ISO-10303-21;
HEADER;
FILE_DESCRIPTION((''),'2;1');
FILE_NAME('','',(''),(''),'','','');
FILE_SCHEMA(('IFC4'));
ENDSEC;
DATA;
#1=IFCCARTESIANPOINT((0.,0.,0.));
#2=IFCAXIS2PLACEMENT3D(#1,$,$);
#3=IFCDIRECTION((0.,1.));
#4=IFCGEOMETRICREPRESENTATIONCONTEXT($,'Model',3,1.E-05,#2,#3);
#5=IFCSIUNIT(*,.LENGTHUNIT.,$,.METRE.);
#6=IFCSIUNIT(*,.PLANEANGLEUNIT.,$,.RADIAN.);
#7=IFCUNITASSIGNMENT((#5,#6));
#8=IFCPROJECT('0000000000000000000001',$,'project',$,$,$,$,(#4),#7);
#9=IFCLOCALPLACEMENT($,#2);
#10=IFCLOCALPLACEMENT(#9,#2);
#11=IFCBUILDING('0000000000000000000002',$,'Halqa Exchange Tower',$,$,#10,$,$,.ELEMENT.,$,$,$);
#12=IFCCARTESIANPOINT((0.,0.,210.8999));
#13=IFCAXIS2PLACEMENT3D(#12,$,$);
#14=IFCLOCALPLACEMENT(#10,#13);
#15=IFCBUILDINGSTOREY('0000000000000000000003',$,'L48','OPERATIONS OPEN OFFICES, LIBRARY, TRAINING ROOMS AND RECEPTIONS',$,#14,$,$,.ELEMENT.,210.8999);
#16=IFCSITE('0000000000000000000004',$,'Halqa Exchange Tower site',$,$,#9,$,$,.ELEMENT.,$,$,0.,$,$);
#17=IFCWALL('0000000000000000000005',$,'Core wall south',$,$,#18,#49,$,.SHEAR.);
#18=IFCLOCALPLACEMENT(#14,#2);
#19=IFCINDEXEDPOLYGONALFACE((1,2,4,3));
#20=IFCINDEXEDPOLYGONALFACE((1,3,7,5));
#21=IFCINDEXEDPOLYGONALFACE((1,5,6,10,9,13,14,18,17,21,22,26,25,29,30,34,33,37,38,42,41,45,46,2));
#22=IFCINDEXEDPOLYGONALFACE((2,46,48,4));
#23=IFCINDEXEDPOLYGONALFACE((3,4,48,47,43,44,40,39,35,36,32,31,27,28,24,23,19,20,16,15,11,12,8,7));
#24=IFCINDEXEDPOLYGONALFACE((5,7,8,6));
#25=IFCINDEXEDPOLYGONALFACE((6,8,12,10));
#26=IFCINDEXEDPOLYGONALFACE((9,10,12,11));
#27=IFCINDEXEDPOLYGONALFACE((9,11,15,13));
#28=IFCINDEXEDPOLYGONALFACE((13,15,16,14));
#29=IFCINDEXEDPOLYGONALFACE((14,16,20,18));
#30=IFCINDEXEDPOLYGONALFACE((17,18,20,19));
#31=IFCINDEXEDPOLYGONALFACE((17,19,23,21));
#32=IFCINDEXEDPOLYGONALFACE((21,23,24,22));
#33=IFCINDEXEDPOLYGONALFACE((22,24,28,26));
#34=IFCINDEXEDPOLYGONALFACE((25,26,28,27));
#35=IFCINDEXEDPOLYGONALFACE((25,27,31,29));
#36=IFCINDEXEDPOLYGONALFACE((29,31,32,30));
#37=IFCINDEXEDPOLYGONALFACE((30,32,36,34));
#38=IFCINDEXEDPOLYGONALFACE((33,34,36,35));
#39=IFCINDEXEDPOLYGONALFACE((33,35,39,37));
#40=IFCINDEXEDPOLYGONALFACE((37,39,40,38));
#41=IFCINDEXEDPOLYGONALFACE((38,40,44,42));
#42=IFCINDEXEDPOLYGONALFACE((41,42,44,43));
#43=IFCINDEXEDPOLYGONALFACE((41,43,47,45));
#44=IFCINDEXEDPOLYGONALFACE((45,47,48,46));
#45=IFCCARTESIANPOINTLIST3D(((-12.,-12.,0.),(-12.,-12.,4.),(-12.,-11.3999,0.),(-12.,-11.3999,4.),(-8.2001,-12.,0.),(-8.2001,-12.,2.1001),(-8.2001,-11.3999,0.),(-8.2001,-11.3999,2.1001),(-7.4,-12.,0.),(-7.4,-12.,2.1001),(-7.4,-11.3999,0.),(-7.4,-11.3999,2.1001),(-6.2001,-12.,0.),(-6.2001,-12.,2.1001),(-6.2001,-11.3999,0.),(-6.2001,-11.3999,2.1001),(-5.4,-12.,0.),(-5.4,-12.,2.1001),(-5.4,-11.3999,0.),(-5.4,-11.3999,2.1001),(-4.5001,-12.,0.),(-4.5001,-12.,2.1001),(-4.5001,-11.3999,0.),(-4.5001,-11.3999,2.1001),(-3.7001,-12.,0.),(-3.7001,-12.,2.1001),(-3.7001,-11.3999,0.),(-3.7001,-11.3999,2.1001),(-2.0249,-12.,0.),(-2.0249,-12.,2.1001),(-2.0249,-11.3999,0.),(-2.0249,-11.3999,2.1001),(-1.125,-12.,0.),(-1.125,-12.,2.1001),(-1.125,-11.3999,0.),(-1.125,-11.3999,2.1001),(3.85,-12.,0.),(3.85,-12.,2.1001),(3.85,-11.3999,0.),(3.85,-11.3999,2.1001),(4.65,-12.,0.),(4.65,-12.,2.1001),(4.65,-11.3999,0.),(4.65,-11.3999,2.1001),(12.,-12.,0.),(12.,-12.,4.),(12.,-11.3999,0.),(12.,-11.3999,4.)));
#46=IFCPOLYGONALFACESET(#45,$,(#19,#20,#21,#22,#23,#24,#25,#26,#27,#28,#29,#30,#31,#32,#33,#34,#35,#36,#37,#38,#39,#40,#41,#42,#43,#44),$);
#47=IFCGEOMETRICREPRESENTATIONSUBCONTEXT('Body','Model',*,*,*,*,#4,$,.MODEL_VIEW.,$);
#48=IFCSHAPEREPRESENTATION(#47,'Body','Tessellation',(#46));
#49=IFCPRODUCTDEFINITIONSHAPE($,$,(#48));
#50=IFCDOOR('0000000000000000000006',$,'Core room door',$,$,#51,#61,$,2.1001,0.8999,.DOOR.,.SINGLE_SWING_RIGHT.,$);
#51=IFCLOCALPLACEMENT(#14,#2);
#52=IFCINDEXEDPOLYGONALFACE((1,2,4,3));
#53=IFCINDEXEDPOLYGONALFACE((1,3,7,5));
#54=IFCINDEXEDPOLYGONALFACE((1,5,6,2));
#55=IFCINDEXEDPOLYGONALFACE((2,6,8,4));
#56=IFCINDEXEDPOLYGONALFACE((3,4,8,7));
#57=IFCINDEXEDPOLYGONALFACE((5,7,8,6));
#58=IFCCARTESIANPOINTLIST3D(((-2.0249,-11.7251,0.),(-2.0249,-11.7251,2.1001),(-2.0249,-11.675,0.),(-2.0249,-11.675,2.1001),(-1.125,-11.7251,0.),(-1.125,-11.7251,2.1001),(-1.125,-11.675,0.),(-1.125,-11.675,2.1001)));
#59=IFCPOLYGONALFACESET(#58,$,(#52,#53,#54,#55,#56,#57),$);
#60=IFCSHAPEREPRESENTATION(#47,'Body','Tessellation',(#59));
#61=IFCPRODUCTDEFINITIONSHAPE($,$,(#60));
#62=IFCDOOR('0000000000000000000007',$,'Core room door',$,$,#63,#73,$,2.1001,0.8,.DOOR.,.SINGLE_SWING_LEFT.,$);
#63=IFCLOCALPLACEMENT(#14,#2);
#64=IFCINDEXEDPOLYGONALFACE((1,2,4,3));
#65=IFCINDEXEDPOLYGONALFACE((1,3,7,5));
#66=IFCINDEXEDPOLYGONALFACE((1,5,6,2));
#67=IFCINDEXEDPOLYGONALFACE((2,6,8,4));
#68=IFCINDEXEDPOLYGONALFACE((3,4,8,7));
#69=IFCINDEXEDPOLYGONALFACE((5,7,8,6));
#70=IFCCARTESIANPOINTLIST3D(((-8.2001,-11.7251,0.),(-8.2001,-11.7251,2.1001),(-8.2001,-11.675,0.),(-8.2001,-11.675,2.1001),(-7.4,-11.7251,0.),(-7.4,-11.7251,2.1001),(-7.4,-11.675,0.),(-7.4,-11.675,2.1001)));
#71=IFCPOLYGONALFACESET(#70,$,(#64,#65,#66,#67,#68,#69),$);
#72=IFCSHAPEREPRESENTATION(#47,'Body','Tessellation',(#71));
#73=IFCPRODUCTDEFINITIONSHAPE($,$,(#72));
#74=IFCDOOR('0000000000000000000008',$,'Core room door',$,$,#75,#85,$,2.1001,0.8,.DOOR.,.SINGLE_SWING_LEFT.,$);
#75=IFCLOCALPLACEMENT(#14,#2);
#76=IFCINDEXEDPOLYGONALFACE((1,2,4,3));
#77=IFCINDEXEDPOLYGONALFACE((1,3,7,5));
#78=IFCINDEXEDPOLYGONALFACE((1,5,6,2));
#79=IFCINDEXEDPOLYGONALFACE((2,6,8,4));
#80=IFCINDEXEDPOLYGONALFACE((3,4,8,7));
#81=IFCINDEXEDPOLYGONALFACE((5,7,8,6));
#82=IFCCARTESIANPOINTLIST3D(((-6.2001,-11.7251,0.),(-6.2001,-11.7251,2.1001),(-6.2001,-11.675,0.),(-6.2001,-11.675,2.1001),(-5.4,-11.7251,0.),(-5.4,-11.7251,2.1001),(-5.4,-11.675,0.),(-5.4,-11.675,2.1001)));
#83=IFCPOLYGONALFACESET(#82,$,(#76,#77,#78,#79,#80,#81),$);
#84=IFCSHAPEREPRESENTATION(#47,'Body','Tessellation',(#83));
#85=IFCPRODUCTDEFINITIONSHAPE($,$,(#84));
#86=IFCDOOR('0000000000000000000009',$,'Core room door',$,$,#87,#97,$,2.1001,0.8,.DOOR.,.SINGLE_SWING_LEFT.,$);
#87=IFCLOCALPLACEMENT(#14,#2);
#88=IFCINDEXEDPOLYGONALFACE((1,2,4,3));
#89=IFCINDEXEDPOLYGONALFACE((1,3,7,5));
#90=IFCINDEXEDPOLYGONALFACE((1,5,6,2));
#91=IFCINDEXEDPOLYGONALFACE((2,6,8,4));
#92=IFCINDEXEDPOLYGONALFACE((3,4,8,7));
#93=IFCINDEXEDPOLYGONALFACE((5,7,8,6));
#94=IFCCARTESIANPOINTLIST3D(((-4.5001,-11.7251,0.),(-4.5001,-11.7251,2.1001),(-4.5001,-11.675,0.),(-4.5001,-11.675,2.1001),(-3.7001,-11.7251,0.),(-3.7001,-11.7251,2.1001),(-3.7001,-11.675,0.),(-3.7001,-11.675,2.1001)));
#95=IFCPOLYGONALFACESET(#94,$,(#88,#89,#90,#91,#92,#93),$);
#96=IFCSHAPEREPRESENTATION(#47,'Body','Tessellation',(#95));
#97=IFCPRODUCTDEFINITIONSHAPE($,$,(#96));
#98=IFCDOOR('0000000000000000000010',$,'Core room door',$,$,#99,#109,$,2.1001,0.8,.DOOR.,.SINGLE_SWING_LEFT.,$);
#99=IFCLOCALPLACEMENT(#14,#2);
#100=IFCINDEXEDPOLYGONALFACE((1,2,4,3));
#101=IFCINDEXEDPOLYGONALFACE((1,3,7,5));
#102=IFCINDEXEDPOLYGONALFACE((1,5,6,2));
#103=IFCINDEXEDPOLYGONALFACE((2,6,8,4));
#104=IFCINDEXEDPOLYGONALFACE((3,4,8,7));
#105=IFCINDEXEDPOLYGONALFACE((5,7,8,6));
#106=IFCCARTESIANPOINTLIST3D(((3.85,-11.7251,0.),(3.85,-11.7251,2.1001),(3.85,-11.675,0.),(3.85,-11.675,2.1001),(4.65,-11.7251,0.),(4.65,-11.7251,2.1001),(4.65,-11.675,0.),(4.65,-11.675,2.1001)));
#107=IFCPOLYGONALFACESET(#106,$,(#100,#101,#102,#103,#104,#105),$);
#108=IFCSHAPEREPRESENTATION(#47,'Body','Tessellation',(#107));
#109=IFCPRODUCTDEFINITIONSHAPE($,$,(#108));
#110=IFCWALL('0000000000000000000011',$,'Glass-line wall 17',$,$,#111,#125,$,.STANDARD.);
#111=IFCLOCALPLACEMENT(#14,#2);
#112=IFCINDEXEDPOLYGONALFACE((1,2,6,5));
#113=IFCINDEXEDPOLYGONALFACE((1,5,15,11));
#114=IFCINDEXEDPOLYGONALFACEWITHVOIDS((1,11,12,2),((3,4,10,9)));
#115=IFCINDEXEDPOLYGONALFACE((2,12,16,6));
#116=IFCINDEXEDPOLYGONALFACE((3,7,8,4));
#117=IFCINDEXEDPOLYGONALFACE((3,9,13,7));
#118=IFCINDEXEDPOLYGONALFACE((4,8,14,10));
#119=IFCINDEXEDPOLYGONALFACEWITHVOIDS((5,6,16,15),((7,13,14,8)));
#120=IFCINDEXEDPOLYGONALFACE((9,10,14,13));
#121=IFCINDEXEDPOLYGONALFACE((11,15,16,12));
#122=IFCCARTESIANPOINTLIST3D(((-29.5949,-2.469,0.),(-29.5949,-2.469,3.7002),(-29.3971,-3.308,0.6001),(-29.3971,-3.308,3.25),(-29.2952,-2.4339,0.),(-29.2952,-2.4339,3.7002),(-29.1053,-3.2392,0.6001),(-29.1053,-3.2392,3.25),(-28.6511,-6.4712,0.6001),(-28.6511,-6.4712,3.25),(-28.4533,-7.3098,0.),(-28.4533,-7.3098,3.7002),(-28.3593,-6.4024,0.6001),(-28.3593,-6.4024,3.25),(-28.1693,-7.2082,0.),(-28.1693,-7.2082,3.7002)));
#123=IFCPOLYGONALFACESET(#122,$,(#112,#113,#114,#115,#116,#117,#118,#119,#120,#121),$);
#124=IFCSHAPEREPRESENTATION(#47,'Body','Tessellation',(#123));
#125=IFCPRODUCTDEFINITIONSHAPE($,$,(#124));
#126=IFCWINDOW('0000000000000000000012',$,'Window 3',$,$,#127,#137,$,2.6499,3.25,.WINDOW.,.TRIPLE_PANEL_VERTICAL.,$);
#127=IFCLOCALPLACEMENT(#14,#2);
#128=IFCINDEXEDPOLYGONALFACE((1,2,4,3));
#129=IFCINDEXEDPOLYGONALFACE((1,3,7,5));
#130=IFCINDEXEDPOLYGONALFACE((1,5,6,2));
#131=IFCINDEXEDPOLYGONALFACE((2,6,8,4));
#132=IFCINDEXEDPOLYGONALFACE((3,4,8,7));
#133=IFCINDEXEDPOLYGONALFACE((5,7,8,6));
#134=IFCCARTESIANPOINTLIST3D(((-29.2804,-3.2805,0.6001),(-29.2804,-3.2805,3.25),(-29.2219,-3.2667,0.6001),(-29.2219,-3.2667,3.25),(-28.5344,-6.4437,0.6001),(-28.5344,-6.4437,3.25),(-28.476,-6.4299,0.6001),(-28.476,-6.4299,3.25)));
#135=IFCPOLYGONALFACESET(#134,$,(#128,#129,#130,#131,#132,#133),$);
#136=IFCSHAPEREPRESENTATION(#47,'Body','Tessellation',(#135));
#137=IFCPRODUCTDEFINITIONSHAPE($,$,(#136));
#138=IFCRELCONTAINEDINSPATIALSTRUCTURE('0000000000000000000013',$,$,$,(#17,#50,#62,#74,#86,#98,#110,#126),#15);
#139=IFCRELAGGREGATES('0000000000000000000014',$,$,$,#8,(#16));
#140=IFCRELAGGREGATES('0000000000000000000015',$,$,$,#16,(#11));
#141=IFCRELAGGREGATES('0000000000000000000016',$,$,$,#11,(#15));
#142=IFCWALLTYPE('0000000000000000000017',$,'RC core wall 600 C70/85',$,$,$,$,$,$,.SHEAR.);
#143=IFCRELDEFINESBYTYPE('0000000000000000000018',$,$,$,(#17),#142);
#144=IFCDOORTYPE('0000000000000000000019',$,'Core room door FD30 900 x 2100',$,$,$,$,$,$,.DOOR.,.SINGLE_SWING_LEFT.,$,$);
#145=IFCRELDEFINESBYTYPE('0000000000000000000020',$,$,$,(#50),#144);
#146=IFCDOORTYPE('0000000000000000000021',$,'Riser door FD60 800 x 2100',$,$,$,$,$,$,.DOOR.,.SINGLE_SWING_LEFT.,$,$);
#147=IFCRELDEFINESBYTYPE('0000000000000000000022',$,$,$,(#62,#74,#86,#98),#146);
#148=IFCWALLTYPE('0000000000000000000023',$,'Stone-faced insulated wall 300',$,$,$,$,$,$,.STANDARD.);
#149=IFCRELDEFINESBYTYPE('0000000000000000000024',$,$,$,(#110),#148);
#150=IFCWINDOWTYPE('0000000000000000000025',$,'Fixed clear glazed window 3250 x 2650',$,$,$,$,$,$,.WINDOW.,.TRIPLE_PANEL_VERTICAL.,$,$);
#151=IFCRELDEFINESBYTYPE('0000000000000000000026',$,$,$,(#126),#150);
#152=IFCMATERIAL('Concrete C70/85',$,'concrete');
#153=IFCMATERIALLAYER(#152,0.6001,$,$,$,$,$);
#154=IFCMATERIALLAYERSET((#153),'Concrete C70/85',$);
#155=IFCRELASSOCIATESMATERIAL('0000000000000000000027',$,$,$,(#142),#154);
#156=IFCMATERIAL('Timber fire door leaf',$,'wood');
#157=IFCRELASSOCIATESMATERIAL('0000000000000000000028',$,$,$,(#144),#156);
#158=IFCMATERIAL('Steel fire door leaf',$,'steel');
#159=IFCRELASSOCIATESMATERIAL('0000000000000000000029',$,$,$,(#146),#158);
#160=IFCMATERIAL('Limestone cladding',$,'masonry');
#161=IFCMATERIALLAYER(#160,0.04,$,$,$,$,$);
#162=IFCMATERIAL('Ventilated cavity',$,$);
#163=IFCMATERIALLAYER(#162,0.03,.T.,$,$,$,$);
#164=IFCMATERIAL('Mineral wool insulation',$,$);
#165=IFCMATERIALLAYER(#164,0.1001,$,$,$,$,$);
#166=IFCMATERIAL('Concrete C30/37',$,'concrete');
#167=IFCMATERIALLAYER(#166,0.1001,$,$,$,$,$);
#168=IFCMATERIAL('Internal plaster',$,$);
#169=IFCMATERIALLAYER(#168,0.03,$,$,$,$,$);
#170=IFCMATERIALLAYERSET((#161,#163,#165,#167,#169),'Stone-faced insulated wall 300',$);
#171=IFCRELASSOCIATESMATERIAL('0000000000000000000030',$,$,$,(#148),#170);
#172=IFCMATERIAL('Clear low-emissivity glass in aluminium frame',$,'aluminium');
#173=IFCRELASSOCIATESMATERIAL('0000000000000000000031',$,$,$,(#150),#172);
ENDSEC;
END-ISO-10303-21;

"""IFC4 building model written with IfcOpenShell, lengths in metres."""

from ifc_helpers import new_model, si_unit, direction, frame, frame_2d, origin, place, context, subcontext, project, spatial, polyline, rectangle, outline, extrude, material, layer, layer_set, type_object, element, fill, save


model = new_model("IFC4")

# Units and contexts
model_context = context("Model", 3, precision=1e-05, world=origin(), true_north=direction((0.0, 1.0)))
body_context = subcontext(model_context, "Body", "Model", "MODEL_VIEW")
ifc_project = project(units=[si_unit("LENGTHUNIT", "METRE"), si_unit("PLANEANGLEUNIT", "RADIAN")], contexts=[model_context])

# Site, building, storey
site_placement = place(None, origin())
site = spatial("IfcSite", under=ifc_project, at=site_placement, Name="Halqa Exchange Tower site", CompositionType="ELEMENT", RefElevation=0.0)
building_placement = place(site_placement, origin())
building = spatial("IfcBuilding", under=site, at=building_placement, Name="Halqa Exchange Tower", CompositionType="ELEMENT")
storey_placement = place(building_placement, frame((0.0, 0.0, 210.8999)))
storey = spatial("IfcBuildingStorey", under=building, at=storey_placement, Name="L48", Description="OPERATIONS OPEN OFFICES, LIBRARY, TRAINING ROOMS AND RECEPTIONS", CompositionType="ELEMENT", Elevation=210.8999)

# Wall, openings, doors
ifc_material_1 = material(Name="Concrete C70/85", Category="concrete")
ifc_layer_1 = layer(ifc_material_1, 0.6001)
ifc_layer_set_1 = layer_set([ifc_layer_1], Name="Concrete C70/85")
wall_type_1 = type_object("IfcWallType", Name="RC core wall 600 C70/85", PredefinedType="SHEAR", material=ifc_layer_set_1)
wall_1_placement = place(storey_placement, frame((-12.0, -11.7, 0.0), z_axis=(0.0, 0.0, 1.0), x_axis=(1.0, 0.0, 0.0)))
wall_1 = element("IfcWall", 1, at=wall_1_placement, inside=storey, type_object=wall_type_1, Name="Core wall south", PredefinedType="SHEAR", context=body_context, shape_type="SweptSolid", body=[
    extrude(rectangle(XDim=24.0, YDim=0.6001, at=frame_2d((12.0, 0.0))), origin(), (0.0, 0.0, 1.0), 4.0),
])
opening_1_placement = place(wall_1_placement, frame((9.9751, 0.0, 0.0)))
opening_1 = element("IfcOpeningElement", 2, at=opening_1_placement, cuts=wall_1, PredefinedType="OPENING", context=body_context, shape_type="SweptSolid", body=[
    extrude(rectangle(XDim=0.8999, YDim=2.1001, at=frame_2d((0.45, 1.05))), frame((0.0, 0.312, 0.0), z_axis=(0.0, -1.0, 0.0), x_axis=(1.0, 0.0, 0.0)), (0.0, 0.0, 1.0), 0.624),
])
opening_2_placement = place(wall_1_placement, frame((3.8, 0.0, 0.0)))
opening_2 = element("IfcOpeningElement", 3, at=opening_2_placement, cuts=wall_1, PredefinedType="OPENING", context=body_context, shape_type="SweptSolid", body=[
    extrude(rectangle(XDim=0.8, YDim=2.1001, at=frame_2d((0.3999, 1.05))), frame((0.0, 0.312, 0.0), z_axis=(0.0, -1.0, 0.0), x_axis=(1.0, 0.0, 0.0)), (0.0, 0.0, 1.0), 0.624),
])
opening_3_placement = place(wall_1_placement, frame((5.8, 0.0, 0.0)))
opening_3 = element("IfcOpeningElement", 4, at=opening_3_placement, cuts=wall_1, PredefinedType="OPENING", context=body_context, shape_type="SweptSolid", body=[
    extrude(rectangle(XDim=0.8, YDim=2.1001, at=frame_2d((0.3999, 1.05))), frame((0.0, 0.312, 0.0), z_axis=(0.0, -1.0, 0.0), x_axis=(1.0, 0.0, 0.0)), (0.0, 0.0, 1.0), 0.624),
])
opening_4_placement = place(wall_1_placement, frame((7.5, 0.0, 0.0)))
opening_4 = element("IfcOpeningElement", 5, at=opening_4_placement, cuts=wall_1, PredefinedType="OPENING", context=body_context, shape_type="SweptSolid", body=[
    extrude(rectangle(XDim=0.8, YDim=2.1001, at=frame_2d((0.3999, 1.05))), frame((0.0, 0.312, 0.0), z_axis=(0.0, -1.0, 0.0), x_axis=(1.0, 0.0, 0.0)), (0.0, 0.0, 1.0), 0.624),
])
opening_5_placement = place(wall_1_placement, frame((15.8501, 0.0, 0.0)))
opening_5 = element("IfcOpeningElement", 6, at=opening_5_placement, cuts=wall_1, PredefinedType="OPENING", context=body_context, shape_type="SweptSolid", body=[
    extrude(rectangle(XDim=0.8, YDim=2.1001, at=frame_2d((0.3999, 1.05))), frame((0.0, 0.312, 0.0), z_axis=(0.0, -1.0, 0.0), x_axis=(1.0, 0.0, 0.0)), (0.0, 0.0, 1.0), 0.624),
])
ifc_material_2 = material(Name="Timber fire door leaf", Category="wood")
door_type_1 = type_object("IfcDoorType", Name="Core room door FD30 900 x 2100", OperationType="SINGLE_SWING_LEFT", PredefinedType="DOOR", material=ifc_material_2)
door_1_placement = place(opening_1_placement, origin())
door_1 = element("IfcDoor", 7, at=door_1_placement, inside=storey, type_object=door_type_1, Name="Core room door", OperationType="SINGLE_SWING_RIGHT", OverallHeight=2.1001, OverallWidth=0.8999, PredefinedType="DOOR", context=body_context, shape_type="SweptSolid", body=[
    extrude(rectangle(XDim=0.8999, YDim=2.1001, at=frame_2d((0.45, 1.05))), frame((0.0, 0.0249, 0.0), z_axis=(0.0, -1.0, 0.0), x_axis=(1.0, 0.0, 0.0)), (0.0, 0.0, 1.0), 0.05),
])
fill(opening_1, door_1)
ifc_material_3 = material(Name="Steel fire door leaf", Category="steel")
door_type_2 = type_object("IfcDoorType", Name="Riser door FD60 800 x 2100", OperationType="SINGLE_SWING_LEFT", PredefinedType="DOOR", material=ifc_material_3)
door_2_placement = place(opening_2_placement, origin())
door_2 = element("IfcDoor", 8, at=door_2_placement, inside=storey, type_object=door_type_2, Name="Core room door", OperationType="SINGLE_SWING_LEFT", OverallHeight=2.1001, OverallWidth=0.8, PredefinedType="DOOR", context=body_context, shape_type="SweptSolid", body=[
    extrude(rectangle(XDim=0.8, YDim=2.1001, at=frame_2d((0.3999, 1.05))), frame((0.0, 0.0249, 0.0), z_axis=(0.0, -1.0, 0.0), x_axis=(1.0, 0.0, 0.0)), (0.0, 0.0, 1.0), 0.05),
])
fill(opening_2, door_2)
door_3_placement = place(opening_3_placement, origin())
door_3 = element("IfcDoor", 9, at=door_3_placement, inside=storey, type_object=door_type_2, Name="Core room door", OperationType="SINGLE_SWING_LEFT", OverallHeight=2.1001, OverallWidth=0.8, PredefinedType="DOOR", context=body_context, shape_type="SweptSolid", body=[
    extrude(rectangle(XDim=0.8, YDim=2.1001, at=frame_2d((0.3999, 1.05))), frame((0.0, 0.0249, 0.0), z_axis=(0.0, -1.0, 0.0), x_axis=(1.0, 0.0, 0.0)), (0.0, 0.0, 1.0), 0.05),
])
fill(opening_3, door_3)
door_4_placement = place(opening_4_placement, origin())
door_4 = element("IfcDoor", 10, at=door_4_placement, inside=storey, type_object=door_type_2, Name="Core room door", OperationType="SINGLE_SWING_LEFT", OverallHeight=2.1001, OverallWidth=0.8, PredefinedType="DOOR", context=body_context, shape_type="SweptSolid", body=[
    extrude(rectangle(XDim=0.8, YDim=2.1001, at=frame_2d((0.3999, 1.05))), frame((0.0, 0.0249, 0.0), z_axis=(0.0, -1.0, 0.0), x_axis=(1.0, 0.0, 0.0)), (0.0, 0.0, 1.0), 0.05),
])
fill(opening_4, door_4)
door_5_placement = place(opening_5_placement, origin())
door_5 = element("IfcDoor", 11, at=door_5_placement, inside=storey, type_object=door_type_2, Name="Core room door", OperationType="SINGLE_SWING_LEFT", OverallHeight=2.1001, OverallWidth=0.8, PredefinedType="DOOR", context=body_context, shape_type="SweptSolid", body=[
    extrude(rectangle(XDim=0.8, YDim=2.1001, at=frame_2d((0.3999, 1.05))), frame((0.0, 0.0249, 0.0), z_axis=(0.0, -1.0, 0.0), x_axis=(1.0, 0.0, 0.0)), (0.0, 0.0, 1.0), 0.05),
])
fill(opening_5, door_5)

# Wall, opening, window
ifc_material_4 = material(Name="Limestone cladding", Category="masonry")
ifc_layer_2 = layer(ifc_material_4, 0.04)
ifc_material_5 = material(Name="Ventilated cavity")
ifc_layer_3 = layer(ifc_material_5, 0.03, ventilated=True)
ifc_material_6 = material(Name="Mineral wool insulation")
ifc_layer_4 = layer(ifc_material_6, 0.1001)
ifc_material_7 = material(Name="Concrete C30/37", Category="concrete")
ifc_layer_5 = layer(ifc_material_7, 0.1001)
ifc_material_8 = material(Name="Internal plaster")
ifc_layer_6 = layer(ifc_material_8, 0.03)
ifc_layer_set_2 = layer_set([ifc_layer_2, ifc_layer_3, ifc_layer_4, ifc_layer_5, ifc_layer_6], Name="Stone-faced insulated wall 300")
wall_type_2 = type_object("IfcWallType", Name="Stone-faced insulated wall 300", PredefinedType="STANDARD", material=ifc_layer_set_2)
wall_2_placement = place(storey_placement, frame((-29.4451, -2.4514, 0.0), z_axis=(0.0, 0.0, 1.0), x_axis=(0.229535, -0.9733, 0.0)))
wall_2 = element("IfcWall", 12, at=wall_2_placement, inside=storey, type_object=wall_type_2, Name="Glass-line wall 17", PredefinedType="STANDARD", context=body_context, shape_type="SweptSolid", body=[
    extrude(outline(polyline([(-0.0173, -0.1499), (4.9563, -0.1499), (4.9226, 0.1499), (0.0173, 0.1499), (-0.0173, -0.1499)])), origin(), (0.0, 0.0, 1.0), 3.7002),
])
opening_6_placement = place(wall_2_placement, frame((0.8447, 0.0, 0.6001)))
opening_6 = element("IfcOpeningElement", 13, at=opening_6_placement, cuts=wall_2, PredefinedType="OPENING", context=body_context, shape_type="SweptSolid", body=[
    extrude(rectangle(XDim=3.25, YDim=2.6499, at=frame_2d((1.625, 1.325))), frame((0.0, 0.1621, 0.0), z_axis=(0.0, -1.0, 0.0), x_axis=(1.0, 0.0, 0.0)), (0.0, 0.0, 1.0), 0.324),
])
ifc_material_9 = material(Name="Clear low-emissivity glass in aluminium frame", Category="aluminium")
window_type = type_object("IfcWindowType", Name="Fixed clear glazed window 3250 x 2650", PartitioningType="TRIPLE_PANEL_VERTICAL", PredefinedType="WINDOW", material=ifc_material_9)
window_1_placement = place(opening_6_placement, origin())
window_1 = element("IfcWindow", 14, at=window_1_placement, inside=storey, type_object=window_type, Name="Window 3", OverallHeight=2.6499, OverallWidth=3.25, PartitioningType="TRIPLE_PANEL_VERTICAL", PredefinedType="WINDOW", context=body_context, shape_type="SweptSolid", body=[
    extrude(rectangle(XDim=3.25, YDim=2.6499, at=frame_2d((1.625, 1.325))), frame((0.0, 0.03, 0.0), z_axis=(0.0, -1.0, 0.0), x_axis=(1.0, 0.0, 0.0)), (0.0, 0.0, 1.0), 0.0601),
])
fill(opening_6, window_1)

save(model, "model.ifc")
